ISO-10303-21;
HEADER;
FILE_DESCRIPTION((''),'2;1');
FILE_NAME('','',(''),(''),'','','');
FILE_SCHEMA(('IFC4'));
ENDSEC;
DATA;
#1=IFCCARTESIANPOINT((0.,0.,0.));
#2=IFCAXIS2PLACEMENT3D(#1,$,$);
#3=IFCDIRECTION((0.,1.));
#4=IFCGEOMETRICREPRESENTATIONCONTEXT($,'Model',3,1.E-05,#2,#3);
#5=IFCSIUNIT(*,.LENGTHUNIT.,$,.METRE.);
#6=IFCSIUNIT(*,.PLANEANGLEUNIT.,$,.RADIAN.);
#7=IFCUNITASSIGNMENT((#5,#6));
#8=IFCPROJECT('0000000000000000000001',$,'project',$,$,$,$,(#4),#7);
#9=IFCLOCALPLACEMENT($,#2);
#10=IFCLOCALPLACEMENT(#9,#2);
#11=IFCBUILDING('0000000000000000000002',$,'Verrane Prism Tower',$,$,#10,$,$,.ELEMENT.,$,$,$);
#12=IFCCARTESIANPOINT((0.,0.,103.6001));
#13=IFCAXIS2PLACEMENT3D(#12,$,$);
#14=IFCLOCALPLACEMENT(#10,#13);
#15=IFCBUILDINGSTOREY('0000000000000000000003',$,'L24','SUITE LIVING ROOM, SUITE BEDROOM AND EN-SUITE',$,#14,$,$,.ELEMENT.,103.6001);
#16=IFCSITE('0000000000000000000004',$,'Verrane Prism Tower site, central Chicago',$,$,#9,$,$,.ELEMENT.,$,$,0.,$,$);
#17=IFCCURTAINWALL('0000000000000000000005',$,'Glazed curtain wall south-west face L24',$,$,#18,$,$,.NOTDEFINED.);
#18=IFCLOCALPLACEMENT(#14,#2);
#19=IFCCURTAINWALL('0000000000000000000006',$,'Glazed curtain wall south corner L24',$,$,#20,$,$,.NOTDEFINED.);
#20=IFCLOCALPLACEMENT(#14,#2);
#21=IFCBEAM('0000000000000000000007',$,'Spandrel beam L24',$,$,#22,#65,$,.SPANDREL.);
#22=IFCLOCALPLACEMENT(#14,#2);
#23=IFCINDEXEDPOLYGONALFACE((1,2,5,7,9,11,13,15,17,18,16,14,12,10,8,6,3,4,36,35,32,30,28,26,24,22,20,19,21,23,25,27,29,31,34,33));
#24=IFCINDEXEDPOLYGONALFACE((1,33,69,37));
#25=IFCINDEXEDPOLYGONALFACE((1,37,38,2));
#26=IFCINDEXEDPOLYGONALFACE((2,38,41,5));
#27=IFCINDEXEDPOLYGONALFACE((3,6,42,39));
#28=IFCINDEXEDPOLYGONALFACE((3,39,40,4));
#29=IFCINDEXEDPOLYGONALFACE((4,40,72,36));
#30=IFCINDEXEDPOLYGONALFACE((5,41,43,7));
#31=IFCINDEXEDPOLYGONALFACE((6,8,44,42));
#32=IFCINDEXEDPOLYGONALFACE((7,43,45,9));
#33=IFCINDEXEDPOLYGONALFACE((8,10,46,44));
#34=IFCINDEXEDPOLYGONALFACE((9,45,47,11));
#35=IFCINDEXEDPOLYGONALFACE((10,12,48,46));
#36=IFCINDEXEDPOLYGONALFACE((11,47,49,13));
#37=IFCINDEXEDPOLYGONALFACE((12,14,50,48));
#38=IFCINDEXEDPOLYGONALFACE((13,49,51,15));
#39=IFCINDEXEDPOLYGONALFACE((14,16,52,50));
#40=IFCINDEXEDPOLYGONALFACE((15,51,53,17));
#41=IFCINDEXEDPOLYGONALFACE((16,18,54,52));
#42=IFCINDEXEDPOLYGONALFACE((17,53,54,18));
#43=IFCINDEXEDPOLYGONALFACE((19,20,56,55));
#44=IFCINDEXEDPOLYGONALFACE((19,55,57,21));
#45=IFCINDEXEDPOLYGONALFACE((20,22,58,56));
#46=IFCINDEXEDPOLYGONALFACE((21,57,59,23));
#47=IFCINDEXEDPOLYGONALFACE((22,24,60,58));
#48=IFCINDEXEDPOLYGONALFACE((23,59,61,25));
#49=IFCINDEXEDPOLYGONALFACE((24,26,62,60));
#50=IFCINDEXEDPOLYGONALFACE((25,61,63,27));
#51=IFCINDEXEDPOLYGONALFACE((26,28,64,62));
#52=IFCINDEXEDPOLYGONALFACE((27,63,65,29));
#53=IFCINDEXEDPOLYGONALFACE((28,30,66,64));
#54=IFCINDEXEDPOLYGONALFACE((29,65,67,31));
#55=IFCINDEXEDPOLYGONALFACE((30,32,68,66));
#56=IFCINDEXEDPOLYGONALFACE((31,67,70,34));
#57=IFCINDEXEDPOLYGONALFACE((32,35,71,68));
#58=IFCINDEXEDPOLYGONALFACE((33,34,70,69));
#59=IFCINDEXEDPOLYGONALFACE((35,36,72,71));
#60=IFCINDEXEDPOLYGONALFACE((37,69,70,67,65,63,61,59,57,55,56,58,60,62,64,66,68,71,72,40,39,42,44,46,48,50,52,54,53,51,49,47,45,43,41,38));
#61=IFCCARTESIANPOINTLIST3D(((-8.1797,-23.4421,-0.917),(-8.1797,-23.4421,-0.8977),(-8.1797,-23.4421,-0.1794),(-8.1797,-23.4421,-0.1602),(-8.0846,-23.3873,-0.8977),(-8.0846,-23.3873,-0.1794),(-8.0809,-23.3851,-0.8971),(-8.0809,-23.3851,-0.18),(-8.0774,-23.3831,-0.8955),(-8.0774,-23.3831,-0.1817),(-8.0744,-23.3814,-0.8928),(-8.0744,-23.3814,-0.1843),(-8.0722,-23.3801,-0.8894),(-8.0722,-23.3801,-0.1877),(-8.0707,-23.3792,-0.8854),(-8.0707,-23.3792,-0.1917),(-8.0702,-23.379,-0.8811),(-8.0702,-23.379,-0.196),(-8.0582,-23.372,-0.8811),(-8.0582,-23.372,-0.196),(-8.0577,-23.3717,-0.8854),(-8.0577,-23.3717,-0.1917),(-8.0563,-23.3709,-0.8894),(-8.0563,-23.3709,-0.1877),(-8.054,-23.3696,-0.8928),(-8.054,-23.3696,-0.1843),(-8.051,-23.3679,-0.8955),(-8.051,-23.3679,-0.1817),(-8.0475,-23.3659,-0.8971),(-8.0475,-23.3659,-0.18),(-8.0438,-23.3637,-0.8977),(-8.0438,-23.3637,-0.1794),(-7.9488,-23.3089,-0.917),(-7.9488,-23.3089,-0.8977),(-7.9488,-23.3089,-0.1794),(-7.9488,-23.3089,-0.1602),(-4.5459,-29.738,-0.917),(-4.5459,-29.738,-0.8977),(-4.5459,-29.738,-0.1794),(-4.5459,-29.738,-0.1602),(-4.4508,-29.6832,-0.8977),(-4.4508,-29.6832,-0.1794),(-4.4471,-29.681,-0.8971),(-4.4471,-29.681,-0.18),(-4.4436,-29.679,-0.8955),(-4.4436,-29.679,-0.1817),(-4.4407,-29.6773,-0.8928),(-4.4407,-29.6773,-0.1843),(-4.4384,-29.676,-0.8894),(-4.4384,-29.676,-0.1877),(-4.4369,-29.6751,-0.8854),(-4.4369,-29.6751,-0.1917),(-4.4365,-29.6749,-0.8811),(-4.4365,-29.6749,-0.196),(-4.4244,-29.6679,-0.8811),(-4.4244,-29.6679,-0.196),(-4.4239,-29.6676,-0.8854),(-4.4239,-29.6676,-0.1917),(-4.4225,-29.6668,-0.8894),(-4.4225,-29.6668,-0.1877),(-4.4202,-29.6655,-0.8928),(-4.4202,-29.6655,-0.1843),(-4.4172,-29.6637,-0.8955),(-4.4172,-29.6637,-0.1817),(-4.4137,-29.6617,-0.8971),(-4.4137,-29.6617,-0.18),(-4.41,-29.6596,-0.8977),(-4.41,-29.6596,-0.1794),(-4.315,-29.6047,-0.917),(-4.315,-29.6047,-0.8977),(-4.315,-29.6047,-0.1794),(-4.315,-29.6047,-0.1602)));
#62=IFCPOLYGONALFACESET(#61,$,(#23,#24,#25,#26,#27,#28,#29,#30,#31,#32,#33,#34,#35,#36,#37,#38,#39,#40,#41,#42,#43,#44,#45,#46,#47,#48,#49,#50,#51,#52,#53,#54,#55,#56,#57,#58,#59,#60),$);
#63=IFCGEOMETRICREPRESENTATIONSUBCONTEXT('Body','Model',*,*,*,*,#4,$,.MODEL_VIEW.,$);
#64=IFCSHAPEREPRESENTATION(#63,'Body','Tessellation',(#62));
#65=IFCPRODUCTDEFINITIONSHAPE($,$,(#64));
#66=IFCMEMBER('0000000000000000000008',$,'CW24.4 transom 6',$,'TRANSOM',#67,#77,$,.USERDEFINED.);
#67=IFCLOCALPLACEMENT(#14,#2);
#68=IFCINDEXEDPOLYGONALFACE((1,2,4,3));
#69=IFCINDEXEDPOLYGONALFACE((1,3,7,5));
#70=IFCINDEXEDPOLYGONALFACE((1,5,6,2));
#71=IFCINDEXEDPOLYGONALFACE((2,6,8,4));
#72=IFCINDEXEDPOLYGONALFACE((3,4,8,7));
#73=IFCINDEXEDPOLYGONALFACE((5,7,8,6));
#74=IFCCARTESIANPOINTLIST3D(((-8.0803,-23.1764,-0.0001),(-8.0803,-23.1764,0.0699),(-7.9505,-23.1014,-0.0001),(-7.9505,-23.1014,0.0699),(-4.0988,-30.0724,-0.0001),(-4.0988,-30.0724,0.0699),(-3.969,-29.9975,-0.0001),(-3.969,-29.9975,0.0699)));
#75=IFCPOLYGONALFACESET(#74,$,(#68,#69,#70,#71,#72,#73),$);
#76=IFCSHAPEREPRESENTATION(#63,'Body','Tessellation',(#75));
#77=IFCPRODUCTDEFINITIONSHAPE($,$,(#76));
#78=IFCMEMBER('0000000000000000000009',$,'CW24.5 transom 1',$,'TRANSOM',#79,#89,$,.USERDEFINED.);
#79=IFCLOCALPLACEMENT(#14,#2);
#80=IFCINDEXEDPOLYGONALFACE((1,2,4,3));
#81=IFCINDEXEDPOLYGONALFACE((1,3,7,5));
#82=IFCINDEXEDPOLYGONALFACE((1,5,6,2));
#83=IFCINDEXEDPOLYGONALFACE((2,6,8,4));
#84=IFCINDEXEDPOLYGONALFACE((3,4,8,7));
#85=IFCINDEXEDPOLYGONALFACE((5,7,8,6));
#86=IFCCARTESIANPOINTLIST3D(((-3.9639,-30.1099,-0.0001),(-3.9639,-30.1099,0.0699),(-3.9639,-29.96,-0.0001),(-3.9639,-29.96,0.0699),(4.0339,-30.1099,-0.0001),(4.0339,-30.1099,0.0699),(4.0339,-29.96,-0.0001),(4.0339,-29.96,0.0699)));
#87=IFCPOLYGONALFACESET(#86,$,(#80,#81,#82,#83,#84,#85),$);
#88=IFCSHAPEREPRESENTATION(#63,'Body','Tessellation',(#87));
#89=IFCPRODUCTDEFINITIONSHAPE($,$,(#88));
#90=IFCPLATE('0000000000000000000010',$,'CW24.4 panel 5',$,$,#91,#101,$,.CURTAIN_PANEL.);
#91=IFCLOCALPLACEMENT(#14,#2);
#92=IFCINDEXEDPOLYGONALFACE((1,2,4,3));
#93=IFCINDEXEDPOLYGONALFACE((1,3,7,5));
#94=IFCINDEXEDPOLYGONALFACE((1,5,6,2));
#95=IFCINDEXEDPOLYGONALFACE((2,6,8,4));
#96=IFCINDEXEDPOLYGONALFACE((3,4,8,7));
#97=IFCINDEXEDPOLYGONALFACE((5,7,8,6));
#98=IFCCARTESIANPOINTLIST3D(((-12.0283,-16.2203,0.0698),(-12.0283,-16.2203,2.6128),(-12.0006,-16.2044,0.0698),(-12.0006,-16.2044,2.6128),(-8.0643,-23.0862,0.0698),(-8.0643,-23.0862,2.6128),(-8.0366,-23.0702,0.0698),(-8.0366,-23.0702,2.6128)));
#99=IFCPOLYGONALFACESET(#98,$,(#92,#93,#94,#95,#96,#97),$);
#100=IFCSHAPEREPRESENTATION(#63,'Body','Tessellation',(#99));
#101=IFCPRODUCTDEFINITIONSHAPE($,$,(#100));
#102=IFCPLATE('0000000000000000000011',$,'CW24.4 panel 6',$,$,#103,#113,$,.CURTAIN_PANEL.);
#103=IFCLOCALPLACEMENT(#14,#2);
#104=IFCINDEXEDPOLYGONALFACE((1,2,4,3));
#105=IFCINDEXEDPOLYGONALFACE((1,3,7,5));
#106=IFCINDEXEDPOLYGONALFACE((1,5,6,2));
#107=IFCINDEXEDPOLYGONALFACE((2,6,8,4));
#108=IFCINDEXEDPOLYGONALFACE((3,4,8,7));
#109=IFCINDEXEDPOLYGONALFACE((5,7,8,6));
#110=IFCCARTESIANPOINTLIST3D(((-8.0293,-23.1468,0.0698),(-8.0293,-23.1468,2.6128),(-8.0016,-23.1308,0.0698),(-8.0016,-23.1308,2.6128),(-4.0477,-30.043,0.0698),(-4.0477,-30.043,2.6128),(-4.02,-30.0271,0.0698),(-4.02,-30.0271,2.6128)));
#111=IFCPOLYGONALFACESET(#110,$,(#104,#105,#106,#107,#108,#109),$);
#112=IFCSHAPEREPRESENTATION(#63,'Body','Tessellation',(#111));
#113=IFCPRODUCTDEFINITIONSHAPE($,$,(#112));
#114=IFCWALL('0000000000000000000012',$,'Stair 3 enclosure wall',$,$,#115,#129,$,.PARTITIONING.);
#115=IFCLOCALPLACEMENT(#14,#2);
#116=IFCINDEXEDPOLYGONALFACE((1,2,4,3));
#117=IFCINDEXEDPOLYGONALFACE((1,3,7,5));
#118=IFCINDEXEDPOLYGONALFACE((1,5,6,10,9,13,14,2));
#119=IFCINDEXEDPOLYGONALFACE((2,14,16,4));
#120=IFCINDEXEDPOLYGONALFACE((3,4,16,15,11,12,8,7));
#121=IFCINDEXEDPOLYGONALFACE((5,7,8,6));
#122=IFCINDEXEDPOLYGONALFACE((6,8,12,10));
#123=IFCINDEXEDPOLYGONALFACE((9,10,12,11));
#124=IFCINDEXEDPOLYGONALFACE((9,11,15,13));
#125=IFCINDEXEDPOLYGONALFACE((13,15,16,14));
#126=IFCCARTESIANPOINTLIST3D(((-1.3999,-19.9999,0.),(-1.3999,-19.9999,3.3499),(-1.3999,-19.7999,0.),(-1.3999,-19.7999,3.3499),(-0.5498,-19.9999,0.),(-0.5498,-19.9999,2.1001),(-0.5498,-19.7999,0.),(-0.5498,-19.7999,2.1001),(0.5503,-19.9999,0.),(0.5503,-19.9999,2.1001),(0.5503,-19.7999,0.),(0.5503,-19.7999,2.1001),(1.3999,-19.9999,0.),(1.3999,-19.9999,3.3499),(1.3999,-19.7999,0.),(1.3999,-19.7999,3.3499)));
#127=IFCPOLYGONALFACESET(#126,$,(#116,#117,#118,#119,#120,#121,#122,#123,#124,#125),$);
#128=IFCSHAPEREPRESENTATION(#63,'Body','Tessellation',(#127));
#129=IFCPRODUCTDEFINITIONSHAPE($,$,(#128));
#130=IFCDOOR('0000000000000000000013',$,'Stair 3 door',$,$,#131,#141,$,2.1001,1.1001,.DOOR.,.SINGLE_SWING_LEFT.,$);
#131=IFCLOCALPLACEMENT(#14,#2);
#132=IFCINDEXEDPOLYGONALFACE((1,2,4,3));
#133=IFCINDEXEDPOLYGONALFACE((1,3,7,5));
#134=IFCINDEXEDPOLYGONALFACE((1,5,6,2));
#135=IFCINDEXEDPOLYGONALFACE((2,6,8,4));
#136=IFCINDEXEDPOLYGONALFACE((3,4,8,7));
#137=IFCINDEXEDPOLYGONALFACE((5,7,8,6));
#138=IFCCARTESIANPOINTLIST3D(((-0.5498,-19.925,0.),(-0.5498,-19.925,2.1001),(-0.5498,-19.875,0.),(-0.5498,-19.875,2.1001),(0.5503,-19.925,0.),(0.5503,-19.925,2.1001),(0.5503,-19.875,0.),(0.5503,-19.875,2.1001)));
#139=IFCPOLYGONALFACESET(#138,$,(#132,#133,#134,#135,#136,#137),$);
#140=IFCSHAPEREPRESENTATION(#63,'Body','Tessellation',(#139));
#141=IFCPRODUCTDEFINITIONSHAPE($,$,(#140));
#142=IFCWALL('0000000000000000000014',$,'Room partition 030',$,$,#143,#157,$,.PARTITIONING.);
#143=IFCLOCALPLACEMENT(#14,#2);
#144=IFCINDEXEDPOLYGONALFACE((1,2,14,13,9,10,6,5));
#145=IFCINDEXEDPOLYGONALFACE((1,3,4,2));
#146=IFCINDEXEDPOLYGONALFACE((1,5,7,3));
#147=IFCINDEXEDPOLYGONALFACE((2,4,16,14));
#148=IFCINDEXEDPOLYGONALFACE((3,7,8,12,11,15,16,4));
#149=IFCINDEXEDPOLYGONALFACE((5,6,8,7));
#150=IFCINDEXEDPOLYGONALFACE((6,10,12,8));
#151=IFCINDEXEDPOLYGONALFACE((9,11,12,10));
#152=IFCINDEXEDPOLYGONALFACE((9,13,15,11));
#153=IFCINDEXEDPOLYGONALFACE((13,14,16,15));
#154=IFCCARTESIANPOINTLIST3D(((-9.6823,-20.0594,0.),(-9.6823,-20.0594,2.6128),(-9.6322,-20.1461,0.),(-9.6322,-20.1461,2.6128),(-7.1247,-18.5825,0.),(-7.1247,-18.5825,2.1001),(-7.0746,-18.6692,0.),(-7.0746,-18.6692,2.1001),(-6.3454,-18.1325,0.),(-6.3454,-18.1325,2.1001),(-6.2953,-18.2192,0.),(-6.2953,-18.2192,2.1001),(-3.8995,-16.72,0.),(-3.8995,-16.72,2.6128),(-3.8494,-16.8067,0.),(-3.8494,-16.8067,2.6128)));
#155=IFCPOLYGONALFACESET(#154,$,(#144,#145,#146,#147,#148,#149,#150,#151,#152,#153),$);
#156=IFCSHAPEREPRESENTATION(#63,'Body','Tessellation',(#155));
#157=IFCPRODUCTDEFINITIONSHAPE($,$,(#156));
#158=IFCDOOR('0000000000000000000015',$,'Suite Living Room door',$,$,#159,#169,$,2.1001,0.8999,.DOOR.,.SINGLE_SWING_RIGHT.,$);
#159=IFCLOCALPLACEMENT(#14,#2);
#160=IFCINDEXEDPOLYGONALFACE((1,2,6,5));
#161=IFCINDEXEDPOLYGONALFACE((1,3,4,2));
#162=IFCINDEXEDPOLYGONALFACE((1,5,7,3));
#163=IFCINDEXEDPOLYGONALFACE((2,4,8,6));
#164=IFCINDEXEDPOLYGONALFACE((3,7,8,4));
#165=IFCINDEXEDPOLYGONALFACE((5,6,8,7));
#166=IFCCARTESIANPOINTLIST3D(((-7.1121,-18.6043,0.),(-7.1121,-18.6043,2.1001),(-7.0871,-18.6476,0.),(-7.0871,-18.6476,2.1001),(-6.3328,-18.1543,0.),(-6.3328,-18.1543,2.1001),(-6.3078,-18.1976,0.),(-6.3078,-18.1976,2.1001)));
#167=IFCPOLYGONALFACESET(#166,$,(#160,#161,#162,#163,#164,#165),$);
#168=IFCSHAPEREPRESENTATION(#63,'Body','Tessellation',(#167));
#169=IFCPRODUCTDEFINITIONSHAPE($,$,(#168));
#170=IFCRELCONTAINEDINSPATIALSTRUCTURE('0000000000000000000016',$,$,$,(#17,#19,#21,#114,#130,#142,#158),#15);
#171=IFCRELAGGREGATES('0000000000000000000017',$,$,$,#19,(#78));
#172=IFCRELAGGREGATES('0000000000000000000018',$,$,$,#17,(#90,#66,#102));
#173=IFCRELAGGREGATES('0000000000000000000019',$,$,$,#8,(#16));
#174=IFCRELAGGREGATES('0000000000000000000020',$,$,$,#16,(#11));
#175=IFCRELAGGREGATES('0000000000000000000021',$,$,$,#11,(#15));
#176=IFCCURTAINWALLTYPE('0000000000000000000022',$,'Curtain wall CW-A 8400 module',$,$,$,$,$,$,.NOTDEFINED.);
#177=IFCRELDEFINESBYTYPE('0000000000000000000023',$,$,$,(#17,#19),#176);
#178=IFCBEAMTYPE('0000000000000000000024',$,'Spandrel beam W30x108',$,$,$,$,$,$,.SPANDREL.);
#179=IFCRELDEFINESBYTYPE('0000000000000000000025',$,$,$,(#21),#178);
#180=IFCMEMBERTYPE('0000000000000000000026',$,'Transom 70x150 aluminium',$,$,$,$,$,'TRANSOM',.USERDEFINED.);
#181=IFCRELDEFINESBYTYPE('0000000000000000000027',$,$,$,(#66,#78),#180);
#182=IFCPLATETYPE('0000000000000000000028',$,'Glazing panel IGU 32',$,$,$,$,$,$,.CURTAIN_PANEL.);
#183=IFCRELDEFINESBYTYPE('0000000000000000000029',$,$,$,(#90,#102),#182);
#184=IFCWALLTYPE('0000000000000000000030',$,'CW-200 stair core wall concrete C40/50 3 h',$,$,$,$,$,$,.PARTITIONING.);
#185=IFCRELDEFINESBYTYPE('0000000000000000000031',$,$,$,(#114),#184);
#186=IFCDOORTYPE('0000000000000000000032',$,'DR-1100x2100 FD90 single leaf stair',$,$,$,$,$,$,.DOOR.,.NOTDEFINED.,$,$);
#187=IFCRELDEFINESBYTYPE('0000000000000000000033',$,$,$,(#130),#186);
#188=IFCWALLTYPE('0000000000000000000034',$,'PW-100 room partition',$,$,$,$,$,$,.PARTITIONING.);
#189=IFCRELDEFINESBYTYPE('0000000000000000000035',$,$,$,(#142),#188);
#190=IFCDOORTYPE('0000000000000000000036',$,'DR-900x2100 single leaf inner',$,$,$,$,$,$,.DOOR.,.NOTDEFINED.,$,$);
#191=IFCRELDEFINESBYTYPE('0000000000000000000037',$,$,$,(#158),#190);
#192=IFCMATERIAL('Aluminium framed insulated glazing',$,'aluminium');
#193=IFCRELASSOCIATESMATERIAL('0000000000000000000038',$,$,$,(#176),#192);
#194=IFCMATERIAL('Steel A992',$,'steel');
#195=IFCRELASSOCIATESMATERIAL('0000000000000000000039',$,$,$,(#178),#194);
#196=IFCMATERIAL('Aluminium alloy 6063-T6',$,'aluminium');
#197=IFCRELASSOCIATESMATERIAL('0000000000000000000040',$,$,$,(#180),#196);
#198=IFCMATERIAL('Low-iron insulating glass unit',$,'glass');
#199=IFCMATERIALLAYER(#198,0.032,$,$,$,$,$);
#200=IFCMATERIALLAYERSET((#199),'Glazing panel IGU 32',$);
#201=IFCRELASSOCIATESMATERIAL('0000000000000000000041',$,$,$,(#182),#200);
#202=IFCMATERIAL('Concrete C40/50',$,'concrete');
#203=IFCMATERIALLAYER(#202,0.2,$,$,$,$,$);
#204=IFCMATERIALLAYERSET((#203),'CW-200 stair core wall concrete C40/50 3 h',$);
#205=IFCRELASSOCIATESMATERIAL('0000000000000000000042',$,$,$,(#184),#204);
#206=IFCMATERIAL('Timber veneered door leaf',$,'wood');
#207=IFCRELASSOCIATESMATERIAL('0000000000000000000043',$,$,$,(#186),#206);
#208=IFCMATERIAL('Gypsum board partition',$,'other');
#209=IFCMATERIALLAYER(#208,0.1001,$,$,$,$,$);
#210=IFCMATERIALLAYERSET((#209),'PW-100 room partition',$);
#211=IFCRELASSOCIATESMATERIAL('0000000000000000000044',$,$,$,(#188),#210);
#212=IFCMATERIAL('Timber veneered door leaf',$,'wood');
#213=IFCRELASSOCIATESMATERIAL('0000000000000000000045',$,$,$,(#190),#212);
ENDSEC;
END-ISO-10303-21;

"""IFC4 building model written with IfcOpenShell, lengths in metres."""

from ifc_helpers import new_model, si_unit, direction, frame, frame_2d, origin, origin_2d, place, context, subcontext, project, spatial, rectangle, i_section, extrude, material, layer, layer_set, material_profile, profile_set, type_object, element, fill, aggregate, save


model = new_model("IFC4")

# Units and contexts
model_context = context("Model", 3, precision=1e-05, world=origin(), true_north=direction((0.0, 1.0)))
body_context = subcontext(model_context, "Body", "Model", "MODEL_VIEW")
ifc_project = project(units=[si_unit("LENGTHUNIT", "METRE"), si_unit("PLANEANGLEUNIT", "RADIAN")], contexts=[model_context])

# Site, building, storey
site_placement = place(None, origin())
site = spatial("IfcSite", under=ifc_project, at=site_placement, Name="Verrane Prism Tower site, central Chicago", CompositionType="ELEMENT", RefElevation=0.0)
building_placement = place(site_placement, origin())
building = spatial("IfcBuilding", under=site, at=building_placement, Name="Verrane Prism Tower", CompositionType="ELEMENT")
storey_placement = place(building_placement, frame((0.0, 0.0, 103.6001)))
storey = spatial("IfcBuildingStorey", under=building, at=storey_placement, Name="L24", Description="SUITE LIVING ROOM, SUITE BEDROOM AND EN-SUITE", CompositionType="ELEMENT", Elevation=103.6001)

# Curtain walls
ifc_material_1 = material(Name="Aluminium framed insulated glazing", Category="aluminium")
curtain_wall_type = type_object("IfcCurtainWallType", Name="Curtain wall CW-A 8400 module", PredefinedType="NOTDEFINED", material=ifc_material_1)
curtain_wall_1_placement = place(storey_placement, origin())
curtain_wall_1 = element("IfcCurtainWall", 1, at=curtain_wall_1_placement, inside=storey, type_object=curtain_wall_type, Name="Glazed curtain wall south-west face L24", PredefinedType="NOTDEFINED")
curtain_wall_2_placement = place(storey_placement, origin())
curtain_wall_2 = element("IfcCurtainWall", 2, at=curtain_wall_2_placement, inside=storey, type_object=curtain_wall_type, Name="Glazed curtain wall south corner L24", PredefinedType="NOTDEFINED")

# Beam
ifc_material_2 = material(Name="Steel A992", Category="steel")
ifc_material_profile_1 = material_profile(ifc_material_2, i_section(OverallWidth=0.2666, OverallDepth=0.7568, WebThickness=0.0139, FlangeThickness=0.0193, FilletRadius=0.0166, at=origin_2d()), Name="W30x108")
ifc_profile_set_1 = profile_set([ifc_material_profile_1], Name="Steel A992")
beam_type_1 = type_object("IfcBeamType", Name="Spandrel beam W30x108", PredefinedType="SPANDREL", material=ifc_profile_set_1)
beam_1_placement = place(storey_placement, frame((-8.0642, -23.3755, -0.5386), z_axis=(0.499881, -0.866094, 0.0), x_axis=(0.866094, 0.499881, 0.0)))
element("IfcBeam", 3, at=beam_1_placement, inside=storey, type_object=beam_type_1, Name="Spandrel beam L24", PredefinedType="SPANDREL", context=body_context, shape_type="SweptSolid", body=[
    extrude(i_section(OverallWidth=0.2666, OverallDepth=0.7568, WebThickness=0.0139, FlangeThickness=0.0193, FilletRadius=0.0166, at=origin_2d()), origin(), (0.0, 0.0, 1.0), 7.2693),
])

# Members
ifc_material_3 = material(Name="Aluminium alloy 6063-T6", Category="aluminium")
ifc_material_profile_2 = material_profile(ifc_material_3, rectangle(XDim=0.1499, YDim=0.0701, at=origin_2d()), Name="Transom 70x150 aluminium")
ifc_profile_set_2 = profile_set([ifc_material_profile_2], Name="Aluminium alloy 6063-T6")
member_type_1 = type_object("IfcMemberType", Name="Transom 70x150 aluminium", ElementType="TRANSOM", PredefinedType="USERDEFINED", material=ifc_profile_set_2)
member_1_placement = place(storey_placement, frame((-8.0154, -23.1389, 0.0349), z_axis=(0.500004, -0.866023, 0.0), x_axis=(0.866023, 0.500004, 0.0)))
member_1 = element("IfcMember", 4, at=member_1_placement, type_object=member_type_1, Name="CW24.4 transom 6", ObjectType="TRANSOM", PredefinedType="USERDEFINED", context=body_context, shape_type="SweptSolid", body=[
    extrude(rectangle(XDim=0.1499, YDim=0.0701, at=origin_2d()), origin(), (0.0, 0.0, 1.0), 7.9629),
])
member_2_placement = place(storey_placement, frame((-3.9639, -30.0349, 0.0349), z_axis=(1.0, 0.0, 0.0), x_axis=(0.0, 1.0, 0.0)))
member_2 = element("IfcMember", 5, at=member_2_placement, type_object=member_type_1, Name="CW24.5 transom 1", ObjectType="TRANSOM", PredefinedType="USERDEFINED", context=body_context, shape_type="SweptSolid", body=[
    extrude(rectangle(XDim=0.1499, YDim=0.0701, at=origin_2d()), origin(), (0.0, 0.0, 1.0), 7.9978),
])
aggregate(curtain_wall_2, [member_2])

# Plates
ifc_material_4 = material(Name="Low-iron insulating glass unit", Category="glass")
ifc_layer_1 = layer(ifc_material_4, 0.032)
ifc_layer_set_1 = layer_set([ifc_layer_1], Name="Glazing panel IGU 32")
plate_type = type_object("IfcPlateType", Name="Glazing panel IGU 32", PredefinedType="CURTAIN_PANEL", material=ifc_layer_set_1)
plate_1_placement = place(storey_placement, frame((-10.0325, -19.6453, 0.0698), z_axis=(0.0, 0.0, 1.0), x_axis=(0.5, -0.866025, 0.0)))
plate_1 = element("IfcPlate", 6, at=plate_1_placement, type_object=plate_type, Name="CW24.4 panel 5", PredefinedType="CURTAIN_PANEL", context=body_context, shape_type="SweptSolid", body=[
    extrude(rectangle(XDim=7.928, YDim=0.032, at=origin_2d()), origin(), (0.0, 0.0, 1.0), 2.543),
])
plate_2_placement = place(storey_placement, frame((-6.0247, -26.5869, 0.0698), z_axis=(0.0, 0.0, 1.0), x_axis=(0.5, -0.866025, 0.0)))
plate_2 = element("IfcPlate", 7, at=plate_2_placement, type_object=plate_type, Name="CW24.4 panel 6", PredefinedType="CURTAIN_PANEL", context=body_context, shape_type="SweptSolid", body=[
    extrude(rectangle(XDim=7.9631, YDim=0.032, at=origin_2d()), origin(), (0.0, 0.0, 1.0), 2.543),
])
aggregate(curtain_wall_1, [plate_1, member_1, plate_2])

# Walls, openings, doors
ifc_material_5 = material(Name="Concrete C40/50", Category="concrete")
ifc_layer_2 = layer(ifc_material_5, 0.2)
ifc_layer_set_2 = layer_set([ifc_layer_2], Name="CW-200 stair core wall concrete C40/50 3 h")
wall_type_1 = type_object("IfcWallType", Name="CW-200 stair core wall concrete C40/50 3 h", PredefinedType="PARTITIONING", material=ifc_layer_set_2)
wall_1_placement = place(storey_placement, frame((-1.3999, -19.8999, 0.0), z_axis=(0.0, 0.0, 1.0), x_axis=(1.0, 0.0, 0.0)))
wall_1 = element("IfcWall", 8, at=wall_1_placement, inside=storey, type_object=wall_type_1, Name="Stair 3 enclosure wall", PredefinedType="PARTITIONING", context=body_context, shape_type="SweptSolid", body=[
    extrude(rectangle(XDim=2.7998, YDim=0.2, at=frame_2d((1.3999, 0.0))), origin(), (0.0, 0.0, 1.0), 3.3499),
])
opening_1_placement = place(wall_1_placement, frame((0.8501, 0.0, 0.0)))
opening_1 = element("IfcOpeningElement", 9, at=opening_1_placement, cuts=wall_1, PredefinedType="OPENING", context=body_context, shape_type="SweptSolid", body=[
    extrude(rectangle(XDim=1.1001, YDim=2.1001, at=frame_2d((0.55, 1.05))), frame((0.0, 0.1099, 0.0), z_axis=(0.0, -1.0, 0.0), x_axis=(1.0, 0.0, 0.0)), (0.0, 0.0, 1.0), 0.22),
])
ifc_material_6 = material(Name="Timber veneered door leaf", Category="wood")
door_type_1 = type_object("IfcDoorType", Name="DR-1100x2100 FD90 single leaf stair", OperationType="NOTDEFINED", PredefinedType="DOOR", material=ifc_material_6)
door_1_placement = place(opening_1_placement, origin())
door_1 = element("IfcDoor", 10, at=door_1_placement, inside=storey, type_object=door_type_1, Name="Stair 3 door", OperationType="SINGLE_SWING_LEFT", OverallHeight=2.1001, OverallWidth=1.1001, PredefinedType="DOOR", context=body_context, shape_type="SweptSolid", body=[
    extrude(rectangle(XDim=1.1001, YDim=2.1001, at=frame_2d((0.55, 1.05))), frame((0.0, 0.0249, 0.0), z_axis=(0.0, -1.0, 0.0), x_axis=(1.0, 0.0, 0.0)), (0.0, 0.0, 1.0), 0.05),
])
fill(opening_1, door_1)
ifc_material_7 = material(Name="Gypsum board partition", Category="other")
ifc_layer_3 = layer(ifc_material_7, 0.1001)
ifc_layer_set_3 = layer_set([ifc_layer_3], Name="PW-100 room partition")
wall_type_2 = type_object("IfcWallType", Name="PW-100 room partition", PredefinedType="PARTITIONING", material=ifc_layer_set_3)
wall_2_placement = place(storey_placement, frame((-9.6572, -20.1028, 0.0), z_axis=(0.0, 0.0, 1.0), x_axis=(0.86598, 0.500079, 0.0)))
wall_2 = element("IfcWall", 11, at=wall_2_placement, inside=storey, type_object=wall_type_2, Name="Room partition 030", PredefinedType="PARTITIONING", context=body_context, shape_type="SweptSolid", body=[
    extrude(rectangle(XDim=6.6777, YDim=0.1001, at=frame_2d((3.3389, 0.0))), origin(), (0.0, 0.0, 1.0), 2.6128),
])
opening_2_placement = place(wall_2_placement, frame((2.9534, 0.0, 0.0)))
opening_2 = element("IfcOpeningElement", 12, at=opening_2_placement, cuts=wall_2, PredefinedType="OPENING", context=body_context, shape_type="SweptSolid", body=[
    extrude(rectangle(XDim=0.8999, YDim=2.1001, at=frame_2d((0.45, 1.05))), frame((0.0, 0.0601, 0.0), z_axis=(0.0, -1.0, 0.0), x_axis=(1.0, 0.0, 0.0)), (0.0, 0.0, 1.0), 0.1201),
])
ifc_material_8 = material(Name="Timber veneered door leaf", Category="wood")
door_type_2 = type_object("IfcDoorType", Name="DR-900x2100 single leaf inner", OperationType="NOTDEFINED", PredefinedType="DOOR", material=ifc_material_8)
door_2_placement = place(opening_2_placement, origin())
door_2 = element("IfcDoor", 13, at=door_2_placement, inside=storey, type_object=door_type_2, Name="Suite Living Room door", OperationType="SINGLE_SWING_RIGHT", OverallHeight=2.1001, OverallWidth=0.8999, PredefinedType="DOOR", context=body_context, shape_type="SweptSolid", body=[
    extrude(rectangle(XDim=0.8999, YDim=2.1001, at=frame_2d((0.45, 1.05))), frame((0.0, 0.0249, 0.0), z_axis=(0.0, -1.0, 0.0), x_axis=(1.0, 0.0, 0.0)), (0.0, 0.0, 1.0), 0.05),
])
fill(opening_2, door_2)

save(model, "model.ifc")
